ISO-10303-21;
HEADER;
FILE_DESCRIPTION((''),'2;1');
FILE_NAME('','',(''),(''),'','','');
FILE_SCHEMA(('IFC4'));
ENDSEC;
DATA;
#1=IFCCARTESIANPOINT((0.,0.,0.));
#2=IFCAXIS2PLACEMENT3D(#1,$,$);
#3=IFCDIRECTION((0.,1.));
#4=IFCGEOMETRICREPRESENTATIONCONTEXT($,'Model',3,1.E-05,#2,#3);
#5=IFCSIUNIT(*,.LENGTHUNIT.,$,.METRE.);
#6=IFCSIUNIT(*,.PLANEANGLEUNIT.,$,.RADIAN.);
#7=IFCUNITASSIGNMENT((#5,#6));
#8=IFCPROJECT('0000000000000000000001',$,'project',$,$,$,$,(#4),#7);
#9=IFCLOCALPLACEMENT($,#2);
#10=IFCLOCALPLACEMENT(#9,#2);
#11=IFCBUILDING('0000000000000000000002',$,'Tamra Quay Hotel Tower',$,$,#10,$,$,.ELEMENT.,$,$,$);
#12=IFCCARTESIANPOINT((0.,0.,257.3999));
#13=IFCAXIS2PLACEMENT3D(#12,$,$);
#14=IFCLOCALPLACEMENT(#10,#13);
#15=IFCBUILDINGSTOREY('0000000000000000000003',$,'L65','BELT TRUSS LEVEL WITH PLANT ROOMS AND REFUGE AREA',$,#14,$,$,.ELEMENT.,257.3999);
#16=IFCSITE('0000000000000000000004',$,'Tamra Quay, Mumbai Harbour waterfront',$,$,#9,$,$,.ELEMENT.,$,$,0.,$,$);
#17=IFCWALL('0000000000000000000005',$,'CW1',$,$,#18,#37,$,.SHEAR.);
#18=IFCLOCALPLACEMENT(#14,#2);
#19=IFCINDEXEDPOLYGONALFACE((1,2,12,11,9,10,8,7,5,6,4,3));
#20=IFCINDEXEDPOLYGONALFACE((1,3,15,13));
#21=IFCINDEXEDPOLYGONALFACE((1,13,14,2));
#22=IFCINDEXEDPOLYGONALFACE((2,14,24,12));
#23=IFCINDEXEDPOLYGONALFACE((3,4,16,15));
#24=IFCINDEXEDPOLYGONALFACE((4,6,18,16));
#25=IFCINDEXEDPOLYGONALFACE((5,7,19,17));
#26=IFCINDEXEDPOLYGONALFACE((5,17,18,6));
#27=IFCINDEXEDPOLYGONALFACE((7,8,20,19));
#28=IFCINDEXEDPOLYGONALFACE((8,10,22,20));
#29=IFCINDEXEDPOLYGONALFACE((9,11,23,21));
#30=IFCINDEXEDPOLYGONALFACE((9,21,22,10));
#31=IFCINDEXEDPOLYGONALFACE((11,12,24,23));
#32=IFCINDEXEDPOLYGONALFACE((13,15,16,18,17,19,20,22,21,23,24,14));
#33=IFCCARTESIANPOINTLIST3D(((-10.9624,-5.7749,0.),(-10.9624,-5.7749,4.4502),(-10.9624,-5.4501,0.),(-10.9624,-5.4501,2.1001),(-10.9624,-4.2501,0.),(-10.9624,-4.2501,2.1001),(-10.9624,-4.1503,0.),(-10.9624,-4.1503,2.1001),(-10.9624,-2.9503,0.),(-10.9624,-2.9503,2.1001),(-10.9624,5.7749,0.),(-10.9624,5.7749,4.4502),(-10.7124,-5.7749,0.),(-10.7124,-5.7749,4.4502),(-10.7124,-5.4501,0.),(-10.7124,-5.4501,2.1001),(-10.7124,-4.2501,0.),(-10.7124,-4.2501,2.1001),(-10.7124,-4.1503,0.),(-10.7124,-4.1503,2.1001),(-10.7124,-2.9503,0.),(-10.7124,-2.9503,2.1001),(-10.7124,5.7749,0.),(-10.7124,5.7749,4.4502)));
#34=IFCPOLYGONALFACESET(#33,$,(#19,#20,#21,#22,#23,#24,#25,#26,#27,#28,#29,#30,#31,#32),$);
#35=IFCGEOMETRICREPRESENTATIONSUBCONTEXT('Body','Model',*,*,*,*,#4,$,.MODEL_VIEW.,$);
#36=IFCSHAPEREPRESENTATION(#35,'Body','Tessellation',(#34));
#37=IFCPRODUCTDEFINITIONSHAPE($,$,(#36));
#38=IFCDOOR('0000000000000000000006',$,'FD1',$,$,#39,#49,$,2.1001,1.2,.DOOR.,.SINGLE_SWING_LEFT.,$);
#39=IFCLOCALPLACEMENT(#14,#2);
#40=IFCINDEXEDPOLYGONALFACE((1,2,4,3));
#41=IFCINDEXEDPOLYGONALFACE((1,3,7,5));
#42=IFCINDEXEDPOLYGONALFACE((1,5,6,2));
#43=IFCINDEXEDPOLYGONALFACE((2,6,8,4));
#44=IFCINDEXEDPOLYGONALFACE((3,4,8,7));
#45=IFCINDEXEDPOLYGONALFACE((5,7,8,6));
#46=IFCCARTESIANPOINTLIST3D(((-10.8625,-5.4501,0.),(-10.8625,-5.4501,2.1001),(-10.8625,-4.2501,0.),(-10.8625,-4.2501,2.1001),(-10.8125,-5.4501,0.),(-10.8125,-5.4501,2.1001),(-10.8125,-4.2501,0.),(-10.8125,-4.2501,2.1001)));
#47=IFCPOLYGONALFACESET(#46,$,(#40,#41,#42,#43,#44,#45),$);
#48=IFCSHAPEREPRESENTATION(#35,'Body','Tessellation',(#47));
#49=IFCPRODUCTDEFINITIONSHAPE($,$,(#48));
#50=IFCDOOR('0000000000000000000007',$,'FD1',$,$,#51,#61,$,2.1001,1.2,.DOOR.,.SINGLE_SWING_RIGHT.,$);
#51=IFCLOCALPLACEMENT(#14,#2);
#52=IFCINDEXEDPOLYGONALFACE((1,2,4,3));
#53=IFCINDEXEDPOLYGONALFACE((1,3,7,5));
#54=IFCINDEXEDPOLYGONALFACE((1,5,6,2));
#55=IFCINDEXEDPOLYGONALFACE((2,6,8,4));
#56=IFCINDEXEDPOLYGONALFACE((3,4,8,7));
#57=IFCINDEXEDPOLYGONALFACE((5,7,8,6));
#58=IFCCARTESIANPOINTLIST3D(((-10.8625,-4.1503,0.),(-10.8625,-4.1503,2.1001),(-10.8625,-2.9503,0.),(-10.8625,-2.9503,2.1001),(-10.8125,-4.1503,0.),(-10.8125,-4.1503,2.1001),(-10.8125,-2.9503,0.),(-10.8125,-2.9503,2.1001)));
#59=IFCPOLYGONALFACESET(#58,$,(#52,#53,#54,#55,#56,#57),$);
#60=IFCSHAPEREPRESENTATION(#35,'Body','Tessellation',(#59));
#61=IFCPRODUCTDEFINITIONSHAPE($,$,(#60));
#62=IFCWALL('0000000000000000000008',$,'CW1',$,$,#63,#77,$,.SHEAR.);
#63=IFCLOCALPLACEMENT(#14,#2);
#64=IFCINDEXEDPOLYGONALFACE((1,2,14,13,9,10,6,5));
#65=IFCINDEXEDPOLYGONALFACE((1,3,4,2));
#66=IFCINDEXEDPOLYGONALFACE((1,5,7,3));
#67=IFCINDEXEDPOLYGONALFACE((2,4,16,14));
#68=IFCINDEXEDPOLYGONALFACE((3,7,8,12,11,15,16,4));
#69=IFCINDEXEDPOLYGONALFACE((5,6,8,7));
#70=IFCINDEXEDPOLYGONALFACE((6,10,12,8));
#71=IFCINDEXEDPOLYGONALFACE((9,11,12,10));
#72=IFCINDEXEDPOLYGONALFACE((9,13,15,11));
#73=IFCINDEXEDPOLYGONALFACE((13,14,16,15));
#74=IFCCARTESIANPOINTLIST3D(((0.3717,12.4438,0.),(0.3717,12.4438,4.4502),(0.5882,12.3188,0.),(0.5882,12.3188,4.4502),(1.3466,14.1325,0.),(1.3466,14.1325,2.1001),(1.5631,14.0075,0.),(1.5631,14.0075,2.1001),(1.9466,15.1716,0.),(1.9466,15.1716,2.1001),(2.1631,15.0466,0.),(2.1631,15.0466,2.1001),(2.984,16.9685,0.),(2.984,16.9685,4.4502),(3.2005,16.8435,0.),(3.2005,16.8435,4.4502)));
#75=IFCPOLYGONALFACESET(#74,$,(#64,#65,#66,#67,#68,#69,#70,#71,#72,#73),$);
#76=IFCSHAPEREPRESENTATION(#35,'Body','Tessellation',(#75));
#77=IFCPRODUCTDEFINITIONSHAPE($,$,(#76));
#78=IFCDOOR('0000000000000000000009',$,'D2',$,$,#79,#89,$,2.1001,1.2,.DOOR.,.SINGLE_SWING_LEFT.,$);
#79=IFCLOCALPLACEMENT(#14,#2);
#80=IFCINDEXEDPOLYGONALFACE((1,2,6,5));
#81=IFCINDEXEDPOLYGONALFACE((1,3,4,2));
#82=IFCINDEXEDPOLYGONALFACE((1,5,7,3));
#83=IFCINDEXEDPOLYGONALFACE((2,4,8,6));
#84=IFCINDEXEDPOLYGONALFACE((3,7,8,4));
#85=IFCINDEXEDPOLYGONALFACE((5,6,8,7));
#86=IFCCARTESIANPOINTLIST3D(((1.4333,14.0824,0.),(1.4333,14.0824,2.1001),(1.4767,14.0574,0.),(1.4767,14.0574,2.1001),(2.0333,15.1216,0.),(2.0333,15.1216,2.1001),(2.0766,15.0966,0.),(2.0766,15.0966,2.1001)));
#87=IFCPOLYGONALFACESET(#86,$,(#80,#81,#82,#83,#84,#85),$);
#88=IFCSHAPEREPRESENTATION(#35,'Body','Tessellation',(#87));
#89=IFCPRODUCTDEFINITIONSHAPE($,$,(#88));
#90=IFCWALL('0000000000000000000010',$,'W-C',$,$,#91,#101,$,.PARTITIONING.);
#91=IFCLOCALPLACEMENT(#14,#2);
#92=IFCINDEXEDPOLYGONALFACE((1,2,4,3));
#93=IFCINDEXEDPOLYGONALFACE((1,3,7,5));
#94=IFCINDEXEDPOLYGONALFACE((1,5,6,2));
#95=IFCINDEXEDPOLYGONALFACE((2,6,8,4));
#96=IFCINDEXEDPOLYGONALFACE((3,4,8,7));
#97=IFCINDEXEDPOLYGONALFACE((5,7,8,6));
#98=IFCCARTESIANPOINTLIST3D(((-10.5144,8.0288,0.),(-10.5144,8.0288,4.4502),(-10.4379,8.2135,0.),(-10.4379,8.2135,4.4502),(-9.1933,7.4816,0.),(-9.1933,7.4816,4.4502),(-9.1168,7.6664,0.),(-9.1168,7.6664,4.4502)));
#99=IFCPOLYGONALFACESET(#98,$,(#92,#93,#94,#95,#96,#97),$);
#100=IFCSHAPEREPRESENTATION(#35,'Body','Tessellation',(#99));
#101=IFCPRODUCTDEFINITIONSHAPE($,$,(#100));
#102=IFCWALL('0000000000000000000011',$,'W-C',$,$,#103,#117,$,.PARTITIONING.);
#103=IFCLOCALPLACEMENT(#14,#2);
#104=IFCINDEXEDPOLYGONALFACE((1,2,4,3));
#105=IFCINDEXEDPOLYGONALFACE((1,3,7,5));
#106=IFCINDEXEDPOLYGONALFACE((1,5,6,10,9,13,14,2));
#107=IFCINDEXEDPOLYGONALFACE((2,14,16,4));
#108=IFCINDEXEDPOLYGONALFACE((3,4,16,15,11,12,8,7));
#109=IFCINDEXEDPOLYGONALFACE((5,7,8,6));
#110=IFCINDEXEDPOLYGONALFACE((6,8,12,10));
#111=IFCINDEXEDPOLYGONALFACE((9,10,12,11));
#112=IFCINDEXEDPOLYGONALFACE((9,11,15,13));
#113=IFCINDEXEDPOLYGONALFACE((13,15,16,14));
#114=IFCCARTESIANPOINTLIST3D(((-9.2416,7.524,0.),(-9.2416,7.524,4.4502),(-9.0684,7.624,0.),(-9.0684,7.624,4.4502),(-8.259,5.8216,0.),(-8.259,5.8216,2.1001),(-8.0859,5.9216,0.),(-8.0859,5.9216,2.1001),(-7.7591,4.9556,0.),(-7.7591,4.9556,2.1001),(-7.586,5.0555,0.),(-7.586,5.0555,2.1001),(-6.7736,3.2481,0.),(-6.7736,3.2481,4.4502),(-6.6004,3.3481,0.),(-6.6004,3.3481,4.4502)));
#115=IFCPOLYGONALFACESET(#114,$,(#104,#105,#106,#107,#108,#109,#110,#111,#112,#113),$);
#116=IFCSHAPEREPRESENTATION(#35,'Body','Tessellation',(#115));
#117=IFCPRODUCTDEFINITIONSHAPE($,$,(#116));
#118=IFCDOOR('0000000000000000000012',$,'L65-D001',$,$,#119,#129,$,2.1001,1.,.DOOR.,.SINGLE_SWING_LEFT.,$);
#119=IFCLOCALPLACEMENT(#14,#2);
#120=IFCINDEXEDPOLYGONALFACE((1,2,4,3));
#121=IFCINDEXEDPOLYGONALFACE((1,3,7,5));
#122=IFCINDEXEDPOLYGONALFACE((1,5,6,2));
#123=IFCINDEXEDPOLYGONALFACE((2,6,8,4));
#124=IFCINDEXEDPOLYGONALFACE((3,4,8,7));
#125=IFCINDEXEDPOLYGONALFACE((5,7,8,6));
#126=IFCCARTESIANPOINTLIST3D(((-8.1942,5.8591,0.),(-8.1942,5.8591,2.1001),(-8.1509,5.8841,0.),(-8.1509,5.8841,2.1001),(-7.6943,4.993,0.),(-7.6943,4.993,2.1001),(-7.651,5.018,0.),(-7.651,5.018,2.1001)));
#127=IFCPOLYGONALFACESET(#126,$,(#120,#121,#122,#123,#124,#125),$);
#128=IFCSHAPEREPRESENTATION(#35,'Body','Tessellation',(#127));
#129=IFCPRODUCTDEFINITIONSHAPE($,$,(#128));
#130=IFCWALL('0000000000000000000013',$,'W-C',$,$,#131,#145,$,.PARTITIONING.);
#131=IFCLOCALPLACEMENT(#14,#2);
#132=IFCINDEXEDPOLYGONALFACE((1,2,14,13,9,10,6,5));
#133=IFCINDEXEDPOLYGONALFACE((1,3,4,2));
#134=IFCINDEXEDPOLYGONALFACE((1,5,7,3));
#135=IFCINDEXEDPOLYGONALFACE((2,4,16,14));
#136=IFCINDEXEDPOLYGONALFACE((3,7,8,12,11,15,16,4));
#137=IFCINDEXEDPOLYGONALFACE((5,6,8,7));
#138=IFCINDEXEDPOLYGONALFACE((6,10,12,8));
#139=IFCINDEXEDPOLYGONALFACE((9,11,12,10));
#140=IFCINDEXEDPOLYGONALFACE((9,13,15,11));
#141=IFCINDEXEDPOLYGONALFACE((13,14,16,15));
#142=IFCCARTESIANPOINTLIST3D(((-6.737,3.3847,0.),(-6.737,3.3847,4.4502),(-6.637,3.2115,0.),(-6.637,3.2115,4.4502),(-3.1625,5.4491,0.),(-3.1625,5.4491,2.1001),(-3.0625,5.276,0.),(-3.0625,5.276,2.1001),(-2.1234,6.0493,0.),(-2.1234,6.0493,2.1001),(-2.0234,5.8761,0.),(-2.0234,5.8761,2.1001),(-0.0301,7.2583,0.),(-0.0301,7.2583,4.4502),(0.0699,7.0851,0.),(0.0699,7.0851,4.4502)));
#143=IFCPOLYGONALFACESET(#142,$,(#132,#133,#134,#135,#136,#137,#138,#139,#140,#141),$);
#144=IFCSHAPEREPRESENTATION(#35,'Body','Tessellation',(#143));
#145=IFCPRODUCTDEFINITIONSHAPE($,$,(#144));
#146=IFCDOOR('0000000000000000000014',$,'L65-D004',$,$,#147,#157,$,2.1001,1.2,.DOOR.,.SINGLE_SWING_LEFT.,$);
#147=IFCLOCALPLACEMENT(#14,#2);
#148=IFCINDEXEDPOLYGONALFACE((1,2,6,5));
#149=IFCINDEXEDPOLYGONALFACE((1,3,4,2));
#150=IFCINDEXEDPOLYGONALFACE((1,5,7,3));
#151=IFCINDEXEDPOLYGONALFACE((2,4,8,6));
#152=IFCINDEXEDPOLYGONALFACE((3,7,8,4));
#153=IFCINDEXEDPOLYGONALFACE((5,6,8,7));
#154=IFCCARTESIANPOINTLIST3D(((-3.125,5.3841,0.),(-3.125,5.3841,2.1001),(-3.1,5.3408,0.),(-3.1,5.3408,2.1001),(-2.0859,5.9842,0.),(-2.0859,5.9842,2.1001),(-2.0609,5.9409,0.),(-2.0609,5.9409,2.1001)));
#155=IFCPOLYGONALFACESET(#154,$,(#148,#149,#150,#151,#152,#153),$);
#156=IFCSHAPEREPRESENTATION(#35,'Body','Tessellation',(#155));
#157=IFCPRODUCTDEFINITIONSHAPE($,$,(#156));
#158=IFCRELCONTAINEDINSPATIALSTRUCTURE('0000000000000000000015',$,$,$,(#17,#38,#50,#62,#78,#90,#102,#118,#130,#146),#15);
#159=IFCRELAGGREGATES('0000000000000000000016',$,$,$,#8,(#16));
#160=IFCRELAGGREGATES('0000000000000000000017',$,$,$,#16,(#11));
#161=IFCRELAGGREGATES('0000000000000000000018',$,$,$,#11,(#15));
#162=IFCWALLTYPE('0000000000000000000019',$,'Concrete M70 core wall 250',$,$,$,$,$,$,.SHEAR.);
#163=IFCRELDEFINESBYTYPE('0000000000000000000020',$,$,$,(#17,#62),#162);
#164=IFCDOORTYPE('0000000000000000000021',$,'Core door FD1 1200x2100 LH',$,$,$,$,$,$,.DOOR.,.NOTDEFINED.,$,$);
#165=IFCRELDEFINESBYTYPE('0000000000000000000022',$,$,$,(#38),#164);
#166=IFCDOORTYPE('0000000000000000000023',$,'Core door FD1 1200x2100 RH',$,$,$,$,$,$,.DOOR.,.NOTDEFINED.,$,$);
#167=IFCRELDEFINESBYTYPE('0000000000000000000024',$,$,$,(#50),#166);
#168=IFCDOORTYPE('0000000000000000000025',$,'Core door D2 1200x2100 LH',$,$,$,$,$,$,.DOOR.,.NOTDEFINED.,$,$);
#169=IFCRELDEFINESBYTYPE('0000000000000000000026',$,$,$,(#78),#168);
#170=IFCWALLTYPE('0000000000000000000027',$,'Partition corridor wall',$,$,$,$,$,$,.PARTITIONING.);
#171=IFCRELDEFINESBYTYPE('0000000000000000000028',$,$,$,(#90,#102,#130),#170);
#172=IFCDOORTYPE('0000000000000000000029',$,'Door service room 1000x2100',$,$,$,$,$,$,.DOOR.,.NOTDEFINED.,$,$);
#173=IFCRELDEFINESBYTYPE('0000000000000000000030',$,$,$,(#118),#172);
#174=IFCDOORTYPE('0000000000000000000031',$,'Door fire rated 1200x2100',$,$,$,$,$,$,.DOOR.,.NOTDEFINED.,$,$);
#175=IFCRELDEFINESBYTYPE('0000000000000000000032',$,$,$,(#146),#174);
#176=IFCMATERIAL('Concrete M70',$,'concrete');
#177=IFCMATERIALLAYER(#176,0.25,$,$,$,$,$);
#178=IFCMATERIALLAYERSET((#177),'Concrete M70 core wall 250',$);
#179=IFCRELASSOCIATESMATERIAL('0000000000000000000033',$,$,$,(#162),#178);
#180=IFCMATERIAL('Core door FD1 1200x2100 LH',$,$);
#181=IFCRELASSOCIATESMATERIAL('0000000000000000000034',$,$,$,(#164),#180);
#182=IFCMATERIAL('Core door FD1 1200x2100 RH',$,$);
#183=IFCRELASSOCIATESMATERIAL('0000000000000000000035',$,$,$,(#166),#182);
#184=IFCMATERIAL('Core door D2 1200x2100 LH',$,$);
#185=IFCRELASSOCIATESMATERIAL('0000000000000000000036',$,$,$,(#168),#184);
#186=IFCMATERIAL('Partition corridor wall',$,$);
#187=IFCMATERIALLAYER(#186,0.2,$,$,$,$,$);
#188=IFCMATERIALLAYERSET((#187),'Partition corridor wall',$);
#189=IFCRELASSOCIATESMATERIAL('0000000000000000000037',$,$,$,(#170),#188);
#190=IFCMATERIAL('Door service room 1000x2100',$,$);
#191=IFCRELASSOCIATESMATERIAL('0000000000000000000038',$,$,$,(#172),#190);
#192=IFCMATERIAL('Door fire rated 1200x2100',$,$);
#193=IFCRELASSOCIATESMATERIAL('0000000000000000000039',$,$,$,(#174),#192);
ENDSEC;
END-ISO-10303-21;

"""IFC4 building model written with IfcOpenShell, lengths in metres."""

from ifc_helpers import new_model, si_unit, direction, frame, frame_2d, origin, place, context, subcontext, project, spatial, rectangle, extrude, material, layer, layer_set, type_object, element, fill, save


model = new_model("IFC4")

# Units and contexts
model_context = context("Model", 3, precision=1e-05, world=origin(), true_north=direction((0.0, 1.0)))
body_context = subcontext(model_context, "Body", "Model", "MODEL_VIEW")
ifc_project = project(units=[si_unit("LENGTHUNIT", "METRE"), si_unit("PLANEANGLEUNIT", "RADIAN")], contexts=[model_context])

# Site, building, storey
site_placement = place(None, origin())
site = spatial("IfcSite", under=ifc_project, at=site_placement, Name="Tamra Quay, Mumbai Harbour waterfront", CompositionType="ELEMENT", RefElevation=0.0)
building_placement = place(site_placement, origin())
building = spatial("IfcBuilding", under=site, at=building_placement, Name="Tamra Quay Hotel Tower", CompositionType="ELEMENT")
storey_placement = place(building_placement, frame((0.0, 0.0, 257.3999)))
storey = spatial("IfcBuildingStorey", under=building, at=storey_placement, Name="L65", Description="BELT TRUSS LEVEL WITH PLANT ROOMS AND REFUGE AREA", CompositionType="ELEMENT", Elevation=257.3999)

# Shared definitions
ifc_material_1 = material(Name="Concrete M70", Category="concrete")

# Wall, openings, doors
ifc_layer_1 = layer(ifc_material_1, 0.25)
ifc_layer_set_1 = layer_set([ifc_layer_1], Name="Concrete M70 core wall 250")
wall_type_1 = type_object("IfcWallType", Name="Concrete M70 core wall 250", PredefinedType="SHEAR", material=ifc_layer_set_1)
wall_1_placement = place(storey_placement, frame((-10.8374, 5.7749, 0.0), z_axis=(0.0, 0.0, 1.0), x_axis=(0.0, -1.0, 0.0)))
wall_1 = element("IfcWall", 1, at=wall_1_placement, inside=storey, type_object=wall_type_1, Name="CW1", PredefinedType="SHEAR", context=body_context, shape_type="SweptSolid", body=[
    extrude(rectangle(XDim=11.5498, YDim=0.25, at=frame_2d((5.7749, 0.0))), origin(), (0.0, 0.0, 1.0), 4.4502),
])
opening_1_placement = place(wall_1_placement, frame((10.0249, 0.0, 0.0)))
opening_1 = element("IfcOpeningElement", 2, at=opening_1_placement, cuts=wall_1, PredefinedType="OPENING", context=body_context, shape_type="SweptSolid", body=[
    extrude(rectangle(XDim=1.2, YDim=2.1001, at=frame_2d((0.6001, 1.05))), frame((0.0, 0.135, 0.0), z_axis=(0.0, -1.0, 0.0), x_axis=(1.0, 0.0, 0.0)), (0.0, 0.0, 1.0), 0.27),
])
opening_2_placement = place(wall_1_placement, frame((8.7251, 0.0, 0.0)))
opening_2 = element("IfcOpeningElement", 3, at=opening_2_placement, cuts=wall_1, PredefinedType="OPENING", context=body_context, shape_type="SweptSolid", body=[
    extrude(rectangle(XDim=1.2, YDim=2.1001, at=frame_2d((0.6001, 1.05))), frame((0.0, 0.135, 0.0), z_axis=(0.0, -1.0, 0.0), x_axis=(1.0, 0.0, 0.0)), (0.0, 0.0, 1.0), 0.27),
])
ifc_material_2 = material(Name="Core door FD1 1200x2100 LH")
door_type_1 = type_object("IfcDoorType", Name="Core door FD1 1200x2100 LH", OperationType="NOTDEFINED", PredefinedType="DOOR", material=ifc_material_2)
door_1_placement = place(opening_1_placement, origin())
door_1 = element("IfcDoor", 4, at=door_1_placement, inside=storey, type_object=door_type_1, Name="FD1", OperationType="SINGLE_SWING_LEFT", OverallHeight=2.1001, OverallWidth=1.2, PredefinedType="DOOR", context=body_context, shape_type="SweptSolid", body=[
    extrude(rectangle(XDim=1.2, YDim=2.1001, at=frame_2d((0.6001, 1.05))), frame((0.0, 0.0249, 0.0), z_axis=(0.0, -1.0, 0.0), x_axis=(1.0, 0.0, 0.0)), (0.0, 0.0, 1.0), 0.05),
])
fill(opening_1, door_1)
ifc_material_3 = material(Name="Core door FD1 1200x2100 RH")
door_type_2 = type_object("IfcDoorType", Name="Core door FD1 1200x2100 RH", OperationType="NOTDEFINED", PredefinedType="DOOR", material=ifc_material_3)
door_2_placement = place(opening_2_placement, origin())
door_2 = element("IfcDoor", 5, at=door_2_placement, inside=storey, type_object=door_type_2, Name="FD1", OperationType="SINGLE_SWING_RIGHT", OverallHeight=2.1001, OverallWidth=1.2, PredefinedType="DOOR", context=body_context, shape_type="SweptSolid", body=[
    extrude(rectangle(XDim=1.2, YDim=2.1001, at=frame_2d((0.6001, 1.05))), frame((0.0, 0.0249, 0.0), z_axis=(0.0, -1.0, 0.0), x_axis=(1.0, 0.0, 0.0)), (0.0, 0.0, 1.0), 0.05),
])
fill(opening_2, door_2)

# Wall, opening, door
wall_2_placement = place(storey_placement, frame((0.48, 12.3813, 0.0), z_axis=(0.0, 0.0, 1.0), x_axis=(0.499999, 0.866026, 0.0)))
wall_2 = element("IfcWall", 6, at=wall_2_placement, inside=storey, type_object=wall_type_1, Name="CW1", PredefinedType="SHEAR", context=body_context, shape_type="SweptSolid", body=[
    extrude(rectangle(XDim=5.2246, YDim=0.25, at=frame_2d((2.6123, 0.0))), origin(), (0.0, 0.0, 1.0), 4.4502),
])
opening_3_placement = place(wall_2_placement, frame((1.9497, 0.0, 0.0)))
opening_3 = element("IfcOpeningElement", 7, at=opening_3_placement, cuts=wall_2, PredefinedType="OPENING", context=body_context, shape_type="SweptSolid", body=[
    extrude(rectangle(XDim=1.2, YDim=2.1001, at=frame_2d((0.6001, 1.05))), frame((0.0, 0.135, 0.0), z_axis=(0.0, -1.0, 0.0), x_axis=(1.0, 0.0, 0.0)), (0.0, 0.0, 1.0), 0.27),
])
ifc_material_4 = material(Name="Core door D2 1200x2100 LH")
door_type_3 = type_object("IfcDoorType", Name="Core door D2 1200x2100 LH", OperationType="NOTDEFINED", PredefinedType="DOOR", material=ifc_material_4)
door_3_placement = place(opening_3_placement, origin())
door_3 = element("IfcDoor", 8, at=door_3_placement, inside=storey, type_object=door_type_3, Name="D2", OperationType="SINGLE_SWING_LEFT", OverallHeight=2.1001, OverallWidth=1.2, PredefinedType="DOOR", context=body_context, shape_type="SweptSolid", body=[
    extrude(rectangle(XDim=1.2, YDim=2.1001, at=frame_2d((0.6001, 1.05))), frame((0.0, 0.0249, 0.0), z_axis=(0.0, -1.0, 0.0), x_axis=(1.0, 0.0, 0.0)), (0.0, 0.0, 1.0), 0.05),
])
fill(opening_3, door_3)

# Wall
ifc_material_5 = material(Name="Partition corridor wall")
ifc_layer_2 = layer(ifc_material_5, 0.2)
ifc_layer_set_2 = layer_set([ifc_layer_2], Name="Partition corridor wall")
wall_type_2 = type_object("IfcWallType", Name="Partition corridor wall", PredefinedType="PARTITIONING", material=ifc_layer_set_2)
wall_3_placement = place(storey_placement, frame((-10.4761, 8.1211, 0.0), z_axis=(0.0, 0.0, 1.0), x_axis=(0.923898, -0.382638, 0.0)))
element("IfcWall", 9, at=wall_3_placement, inside=storey, type_object=wall_type_2, Name="W-C", PredefinedType="PARTITIONING", context=body_context, shape_type="SweptSolid", body=[
    extrude(rectangle(XDim=1.4299, YDim=0.2, at=frame_2d((0.7148, 0.0))), origin(), (0.0, 0.0, 1.0), 4.4502),
])

# Walls, openings, doors
wall_4_placement = place(storey_placement, frame((-9.155, 7.574, 0.0), z_axis=(0.0, 0.0, 1.0), x_axis=(0.499899, -0.866083, 0.0)))
wall_4 = element("IfcWall", 10, at=wall_4_placement, inside=storey, type_object=wall_type_2, Name="W-C", PredefinedType="PARTITIONING", context=body_context, shape_type="SweptSolid", body=[
    extrude(rectangle(XDim=4.937, YDim=0.2, at=frame_2d((2.4685, 0.0))), origin(), (0.0, 0.0, 1.0), 4.4502),
])
opening_4_placement = place(wall_4_placement, frame((1.9656, 0.0, 0.0)))
opening_4 = element("IfcOpeningElement", 11, at=opening_4_placement, cuts=wall_4, PredefinedType="OPENING", context=body_context, shape_type="SweptSolid", body=[
    extrude(rectangle(XDim=1.0, YDim=2.1001, at=frame_2d((0.5, 1.05))), frame((0.0, 0.1099, 0.0), z_axis=(0.0, -1.0, 0.0), x_axis=(1.0, 0.0, 0.0)), (0.0, 0.0, 1.0), 0.22),
])
ifc_material_6 = material(Name="Door service room 1000x2100")
door_type_4 = type_object("IfcDoorType", Name="Door service room 1000x2100", OperationType="NOTDEFINED", PredefinedType="DOOR", material=ifc_material_6)
door_4_placement = place(opening_4_placement, origin())
door_4 = element("IfcDoor", 12, at=door_4_placement, inside=storey, type_object=door_type_4, Name="L65-D001", OperationType="SINGLE_SWING_LEFT", OverallHeight=2.1001, OverallWidth=1.0, PredefinedType="DOOR", context=body_context, shape_type="SweptSolid", body=[
    extrude(rectangle(XDim=1.0, YDim=2.1001, at=frame_2d((0.5, 1.05))), frame((0.0, 0.0249, 0.0), z_axis=(0.0, -1.0, 0.0), x_axis=(1.0, 0.0, 0.0)), (0.0, 0.0, 1.0), 0.05),
])
fill(opening_4, door_4)
wall_5_placement = place(storey_placement, frame((-6.687, 3.2981, 0.0), z_axis=(0.0, 0.0, 1.0), x_axis=(0.865949, 0.500133, 0.0)))
wall_5 = element("IfcWall", 13, at=wall_5_placement, inside=storey, type_object=wall_type_2, Name="W-C", PredefinedType="PARTITIONING", context=body_context, shape_type="SweptSolid", body=[
    extrude(rectangle(XDim=7.7451, YDim=0.2, at=frame_2d((3.8726, 0.0))), origin(), (0.0, 0.0, 1.0), 4.4502),
])
opening_5_placement = place(wall_5_placement, frame((4.1277, 0.0, 0.0)))
opening_5 = element("IfcOpeningElement", 14, at=opening_5_placement, cuts=wall_5, PredefinedType="OPENING", context=body_context, shape_type="SweptSolid", body=[
    extrude(rectangle(XDim=1.2, YDim=2.1001, at=frame_2d((0.6001, 1.05))), frame((0.0, 0.1099, 0.0), z_axis=(0.0, -1.0, 0.0), x_axis=(1.0, 0.0, 0.0)), (0.0, 0.0, 1.0), 0.22),
])
ifc_material_7 = material(Name="Door fire rated 1200x2100")
door_type_5 = type_object("IfcDoorType", Name="Door fire rated 1200x2100", OperationType="NOTDEFINED", PredefinedType="DOOR", material=ifc_material_7)
door_5_placement = place(opening_5_placement, origin())
door_5 = element("IfcDoor", 15, at=door_5_placement, inside=storey, type_object=door_type_5, Name="L65-D004", OperationType="SINGLE_SWING_LEFT", OverallHeight=2.1001, OverallWidth=1.2, PredefinedType="DOOR", context=body_context, shape_type="SweptSolid", body=[
    extrude(rectangle(XDim=1.2, YDim=2.1001, at=frame_2d((0.6001, 1.05))), frame((0.0, 0.0249, 0.0), z_axis=(0.0, -1.0, 0.0), x_axis=(1.0, 0.0, 0.0)), (0.0, 0.0, 1.0), 0.05),
])
fill(opening_5, door_5)

save(model, "model.ifc")
